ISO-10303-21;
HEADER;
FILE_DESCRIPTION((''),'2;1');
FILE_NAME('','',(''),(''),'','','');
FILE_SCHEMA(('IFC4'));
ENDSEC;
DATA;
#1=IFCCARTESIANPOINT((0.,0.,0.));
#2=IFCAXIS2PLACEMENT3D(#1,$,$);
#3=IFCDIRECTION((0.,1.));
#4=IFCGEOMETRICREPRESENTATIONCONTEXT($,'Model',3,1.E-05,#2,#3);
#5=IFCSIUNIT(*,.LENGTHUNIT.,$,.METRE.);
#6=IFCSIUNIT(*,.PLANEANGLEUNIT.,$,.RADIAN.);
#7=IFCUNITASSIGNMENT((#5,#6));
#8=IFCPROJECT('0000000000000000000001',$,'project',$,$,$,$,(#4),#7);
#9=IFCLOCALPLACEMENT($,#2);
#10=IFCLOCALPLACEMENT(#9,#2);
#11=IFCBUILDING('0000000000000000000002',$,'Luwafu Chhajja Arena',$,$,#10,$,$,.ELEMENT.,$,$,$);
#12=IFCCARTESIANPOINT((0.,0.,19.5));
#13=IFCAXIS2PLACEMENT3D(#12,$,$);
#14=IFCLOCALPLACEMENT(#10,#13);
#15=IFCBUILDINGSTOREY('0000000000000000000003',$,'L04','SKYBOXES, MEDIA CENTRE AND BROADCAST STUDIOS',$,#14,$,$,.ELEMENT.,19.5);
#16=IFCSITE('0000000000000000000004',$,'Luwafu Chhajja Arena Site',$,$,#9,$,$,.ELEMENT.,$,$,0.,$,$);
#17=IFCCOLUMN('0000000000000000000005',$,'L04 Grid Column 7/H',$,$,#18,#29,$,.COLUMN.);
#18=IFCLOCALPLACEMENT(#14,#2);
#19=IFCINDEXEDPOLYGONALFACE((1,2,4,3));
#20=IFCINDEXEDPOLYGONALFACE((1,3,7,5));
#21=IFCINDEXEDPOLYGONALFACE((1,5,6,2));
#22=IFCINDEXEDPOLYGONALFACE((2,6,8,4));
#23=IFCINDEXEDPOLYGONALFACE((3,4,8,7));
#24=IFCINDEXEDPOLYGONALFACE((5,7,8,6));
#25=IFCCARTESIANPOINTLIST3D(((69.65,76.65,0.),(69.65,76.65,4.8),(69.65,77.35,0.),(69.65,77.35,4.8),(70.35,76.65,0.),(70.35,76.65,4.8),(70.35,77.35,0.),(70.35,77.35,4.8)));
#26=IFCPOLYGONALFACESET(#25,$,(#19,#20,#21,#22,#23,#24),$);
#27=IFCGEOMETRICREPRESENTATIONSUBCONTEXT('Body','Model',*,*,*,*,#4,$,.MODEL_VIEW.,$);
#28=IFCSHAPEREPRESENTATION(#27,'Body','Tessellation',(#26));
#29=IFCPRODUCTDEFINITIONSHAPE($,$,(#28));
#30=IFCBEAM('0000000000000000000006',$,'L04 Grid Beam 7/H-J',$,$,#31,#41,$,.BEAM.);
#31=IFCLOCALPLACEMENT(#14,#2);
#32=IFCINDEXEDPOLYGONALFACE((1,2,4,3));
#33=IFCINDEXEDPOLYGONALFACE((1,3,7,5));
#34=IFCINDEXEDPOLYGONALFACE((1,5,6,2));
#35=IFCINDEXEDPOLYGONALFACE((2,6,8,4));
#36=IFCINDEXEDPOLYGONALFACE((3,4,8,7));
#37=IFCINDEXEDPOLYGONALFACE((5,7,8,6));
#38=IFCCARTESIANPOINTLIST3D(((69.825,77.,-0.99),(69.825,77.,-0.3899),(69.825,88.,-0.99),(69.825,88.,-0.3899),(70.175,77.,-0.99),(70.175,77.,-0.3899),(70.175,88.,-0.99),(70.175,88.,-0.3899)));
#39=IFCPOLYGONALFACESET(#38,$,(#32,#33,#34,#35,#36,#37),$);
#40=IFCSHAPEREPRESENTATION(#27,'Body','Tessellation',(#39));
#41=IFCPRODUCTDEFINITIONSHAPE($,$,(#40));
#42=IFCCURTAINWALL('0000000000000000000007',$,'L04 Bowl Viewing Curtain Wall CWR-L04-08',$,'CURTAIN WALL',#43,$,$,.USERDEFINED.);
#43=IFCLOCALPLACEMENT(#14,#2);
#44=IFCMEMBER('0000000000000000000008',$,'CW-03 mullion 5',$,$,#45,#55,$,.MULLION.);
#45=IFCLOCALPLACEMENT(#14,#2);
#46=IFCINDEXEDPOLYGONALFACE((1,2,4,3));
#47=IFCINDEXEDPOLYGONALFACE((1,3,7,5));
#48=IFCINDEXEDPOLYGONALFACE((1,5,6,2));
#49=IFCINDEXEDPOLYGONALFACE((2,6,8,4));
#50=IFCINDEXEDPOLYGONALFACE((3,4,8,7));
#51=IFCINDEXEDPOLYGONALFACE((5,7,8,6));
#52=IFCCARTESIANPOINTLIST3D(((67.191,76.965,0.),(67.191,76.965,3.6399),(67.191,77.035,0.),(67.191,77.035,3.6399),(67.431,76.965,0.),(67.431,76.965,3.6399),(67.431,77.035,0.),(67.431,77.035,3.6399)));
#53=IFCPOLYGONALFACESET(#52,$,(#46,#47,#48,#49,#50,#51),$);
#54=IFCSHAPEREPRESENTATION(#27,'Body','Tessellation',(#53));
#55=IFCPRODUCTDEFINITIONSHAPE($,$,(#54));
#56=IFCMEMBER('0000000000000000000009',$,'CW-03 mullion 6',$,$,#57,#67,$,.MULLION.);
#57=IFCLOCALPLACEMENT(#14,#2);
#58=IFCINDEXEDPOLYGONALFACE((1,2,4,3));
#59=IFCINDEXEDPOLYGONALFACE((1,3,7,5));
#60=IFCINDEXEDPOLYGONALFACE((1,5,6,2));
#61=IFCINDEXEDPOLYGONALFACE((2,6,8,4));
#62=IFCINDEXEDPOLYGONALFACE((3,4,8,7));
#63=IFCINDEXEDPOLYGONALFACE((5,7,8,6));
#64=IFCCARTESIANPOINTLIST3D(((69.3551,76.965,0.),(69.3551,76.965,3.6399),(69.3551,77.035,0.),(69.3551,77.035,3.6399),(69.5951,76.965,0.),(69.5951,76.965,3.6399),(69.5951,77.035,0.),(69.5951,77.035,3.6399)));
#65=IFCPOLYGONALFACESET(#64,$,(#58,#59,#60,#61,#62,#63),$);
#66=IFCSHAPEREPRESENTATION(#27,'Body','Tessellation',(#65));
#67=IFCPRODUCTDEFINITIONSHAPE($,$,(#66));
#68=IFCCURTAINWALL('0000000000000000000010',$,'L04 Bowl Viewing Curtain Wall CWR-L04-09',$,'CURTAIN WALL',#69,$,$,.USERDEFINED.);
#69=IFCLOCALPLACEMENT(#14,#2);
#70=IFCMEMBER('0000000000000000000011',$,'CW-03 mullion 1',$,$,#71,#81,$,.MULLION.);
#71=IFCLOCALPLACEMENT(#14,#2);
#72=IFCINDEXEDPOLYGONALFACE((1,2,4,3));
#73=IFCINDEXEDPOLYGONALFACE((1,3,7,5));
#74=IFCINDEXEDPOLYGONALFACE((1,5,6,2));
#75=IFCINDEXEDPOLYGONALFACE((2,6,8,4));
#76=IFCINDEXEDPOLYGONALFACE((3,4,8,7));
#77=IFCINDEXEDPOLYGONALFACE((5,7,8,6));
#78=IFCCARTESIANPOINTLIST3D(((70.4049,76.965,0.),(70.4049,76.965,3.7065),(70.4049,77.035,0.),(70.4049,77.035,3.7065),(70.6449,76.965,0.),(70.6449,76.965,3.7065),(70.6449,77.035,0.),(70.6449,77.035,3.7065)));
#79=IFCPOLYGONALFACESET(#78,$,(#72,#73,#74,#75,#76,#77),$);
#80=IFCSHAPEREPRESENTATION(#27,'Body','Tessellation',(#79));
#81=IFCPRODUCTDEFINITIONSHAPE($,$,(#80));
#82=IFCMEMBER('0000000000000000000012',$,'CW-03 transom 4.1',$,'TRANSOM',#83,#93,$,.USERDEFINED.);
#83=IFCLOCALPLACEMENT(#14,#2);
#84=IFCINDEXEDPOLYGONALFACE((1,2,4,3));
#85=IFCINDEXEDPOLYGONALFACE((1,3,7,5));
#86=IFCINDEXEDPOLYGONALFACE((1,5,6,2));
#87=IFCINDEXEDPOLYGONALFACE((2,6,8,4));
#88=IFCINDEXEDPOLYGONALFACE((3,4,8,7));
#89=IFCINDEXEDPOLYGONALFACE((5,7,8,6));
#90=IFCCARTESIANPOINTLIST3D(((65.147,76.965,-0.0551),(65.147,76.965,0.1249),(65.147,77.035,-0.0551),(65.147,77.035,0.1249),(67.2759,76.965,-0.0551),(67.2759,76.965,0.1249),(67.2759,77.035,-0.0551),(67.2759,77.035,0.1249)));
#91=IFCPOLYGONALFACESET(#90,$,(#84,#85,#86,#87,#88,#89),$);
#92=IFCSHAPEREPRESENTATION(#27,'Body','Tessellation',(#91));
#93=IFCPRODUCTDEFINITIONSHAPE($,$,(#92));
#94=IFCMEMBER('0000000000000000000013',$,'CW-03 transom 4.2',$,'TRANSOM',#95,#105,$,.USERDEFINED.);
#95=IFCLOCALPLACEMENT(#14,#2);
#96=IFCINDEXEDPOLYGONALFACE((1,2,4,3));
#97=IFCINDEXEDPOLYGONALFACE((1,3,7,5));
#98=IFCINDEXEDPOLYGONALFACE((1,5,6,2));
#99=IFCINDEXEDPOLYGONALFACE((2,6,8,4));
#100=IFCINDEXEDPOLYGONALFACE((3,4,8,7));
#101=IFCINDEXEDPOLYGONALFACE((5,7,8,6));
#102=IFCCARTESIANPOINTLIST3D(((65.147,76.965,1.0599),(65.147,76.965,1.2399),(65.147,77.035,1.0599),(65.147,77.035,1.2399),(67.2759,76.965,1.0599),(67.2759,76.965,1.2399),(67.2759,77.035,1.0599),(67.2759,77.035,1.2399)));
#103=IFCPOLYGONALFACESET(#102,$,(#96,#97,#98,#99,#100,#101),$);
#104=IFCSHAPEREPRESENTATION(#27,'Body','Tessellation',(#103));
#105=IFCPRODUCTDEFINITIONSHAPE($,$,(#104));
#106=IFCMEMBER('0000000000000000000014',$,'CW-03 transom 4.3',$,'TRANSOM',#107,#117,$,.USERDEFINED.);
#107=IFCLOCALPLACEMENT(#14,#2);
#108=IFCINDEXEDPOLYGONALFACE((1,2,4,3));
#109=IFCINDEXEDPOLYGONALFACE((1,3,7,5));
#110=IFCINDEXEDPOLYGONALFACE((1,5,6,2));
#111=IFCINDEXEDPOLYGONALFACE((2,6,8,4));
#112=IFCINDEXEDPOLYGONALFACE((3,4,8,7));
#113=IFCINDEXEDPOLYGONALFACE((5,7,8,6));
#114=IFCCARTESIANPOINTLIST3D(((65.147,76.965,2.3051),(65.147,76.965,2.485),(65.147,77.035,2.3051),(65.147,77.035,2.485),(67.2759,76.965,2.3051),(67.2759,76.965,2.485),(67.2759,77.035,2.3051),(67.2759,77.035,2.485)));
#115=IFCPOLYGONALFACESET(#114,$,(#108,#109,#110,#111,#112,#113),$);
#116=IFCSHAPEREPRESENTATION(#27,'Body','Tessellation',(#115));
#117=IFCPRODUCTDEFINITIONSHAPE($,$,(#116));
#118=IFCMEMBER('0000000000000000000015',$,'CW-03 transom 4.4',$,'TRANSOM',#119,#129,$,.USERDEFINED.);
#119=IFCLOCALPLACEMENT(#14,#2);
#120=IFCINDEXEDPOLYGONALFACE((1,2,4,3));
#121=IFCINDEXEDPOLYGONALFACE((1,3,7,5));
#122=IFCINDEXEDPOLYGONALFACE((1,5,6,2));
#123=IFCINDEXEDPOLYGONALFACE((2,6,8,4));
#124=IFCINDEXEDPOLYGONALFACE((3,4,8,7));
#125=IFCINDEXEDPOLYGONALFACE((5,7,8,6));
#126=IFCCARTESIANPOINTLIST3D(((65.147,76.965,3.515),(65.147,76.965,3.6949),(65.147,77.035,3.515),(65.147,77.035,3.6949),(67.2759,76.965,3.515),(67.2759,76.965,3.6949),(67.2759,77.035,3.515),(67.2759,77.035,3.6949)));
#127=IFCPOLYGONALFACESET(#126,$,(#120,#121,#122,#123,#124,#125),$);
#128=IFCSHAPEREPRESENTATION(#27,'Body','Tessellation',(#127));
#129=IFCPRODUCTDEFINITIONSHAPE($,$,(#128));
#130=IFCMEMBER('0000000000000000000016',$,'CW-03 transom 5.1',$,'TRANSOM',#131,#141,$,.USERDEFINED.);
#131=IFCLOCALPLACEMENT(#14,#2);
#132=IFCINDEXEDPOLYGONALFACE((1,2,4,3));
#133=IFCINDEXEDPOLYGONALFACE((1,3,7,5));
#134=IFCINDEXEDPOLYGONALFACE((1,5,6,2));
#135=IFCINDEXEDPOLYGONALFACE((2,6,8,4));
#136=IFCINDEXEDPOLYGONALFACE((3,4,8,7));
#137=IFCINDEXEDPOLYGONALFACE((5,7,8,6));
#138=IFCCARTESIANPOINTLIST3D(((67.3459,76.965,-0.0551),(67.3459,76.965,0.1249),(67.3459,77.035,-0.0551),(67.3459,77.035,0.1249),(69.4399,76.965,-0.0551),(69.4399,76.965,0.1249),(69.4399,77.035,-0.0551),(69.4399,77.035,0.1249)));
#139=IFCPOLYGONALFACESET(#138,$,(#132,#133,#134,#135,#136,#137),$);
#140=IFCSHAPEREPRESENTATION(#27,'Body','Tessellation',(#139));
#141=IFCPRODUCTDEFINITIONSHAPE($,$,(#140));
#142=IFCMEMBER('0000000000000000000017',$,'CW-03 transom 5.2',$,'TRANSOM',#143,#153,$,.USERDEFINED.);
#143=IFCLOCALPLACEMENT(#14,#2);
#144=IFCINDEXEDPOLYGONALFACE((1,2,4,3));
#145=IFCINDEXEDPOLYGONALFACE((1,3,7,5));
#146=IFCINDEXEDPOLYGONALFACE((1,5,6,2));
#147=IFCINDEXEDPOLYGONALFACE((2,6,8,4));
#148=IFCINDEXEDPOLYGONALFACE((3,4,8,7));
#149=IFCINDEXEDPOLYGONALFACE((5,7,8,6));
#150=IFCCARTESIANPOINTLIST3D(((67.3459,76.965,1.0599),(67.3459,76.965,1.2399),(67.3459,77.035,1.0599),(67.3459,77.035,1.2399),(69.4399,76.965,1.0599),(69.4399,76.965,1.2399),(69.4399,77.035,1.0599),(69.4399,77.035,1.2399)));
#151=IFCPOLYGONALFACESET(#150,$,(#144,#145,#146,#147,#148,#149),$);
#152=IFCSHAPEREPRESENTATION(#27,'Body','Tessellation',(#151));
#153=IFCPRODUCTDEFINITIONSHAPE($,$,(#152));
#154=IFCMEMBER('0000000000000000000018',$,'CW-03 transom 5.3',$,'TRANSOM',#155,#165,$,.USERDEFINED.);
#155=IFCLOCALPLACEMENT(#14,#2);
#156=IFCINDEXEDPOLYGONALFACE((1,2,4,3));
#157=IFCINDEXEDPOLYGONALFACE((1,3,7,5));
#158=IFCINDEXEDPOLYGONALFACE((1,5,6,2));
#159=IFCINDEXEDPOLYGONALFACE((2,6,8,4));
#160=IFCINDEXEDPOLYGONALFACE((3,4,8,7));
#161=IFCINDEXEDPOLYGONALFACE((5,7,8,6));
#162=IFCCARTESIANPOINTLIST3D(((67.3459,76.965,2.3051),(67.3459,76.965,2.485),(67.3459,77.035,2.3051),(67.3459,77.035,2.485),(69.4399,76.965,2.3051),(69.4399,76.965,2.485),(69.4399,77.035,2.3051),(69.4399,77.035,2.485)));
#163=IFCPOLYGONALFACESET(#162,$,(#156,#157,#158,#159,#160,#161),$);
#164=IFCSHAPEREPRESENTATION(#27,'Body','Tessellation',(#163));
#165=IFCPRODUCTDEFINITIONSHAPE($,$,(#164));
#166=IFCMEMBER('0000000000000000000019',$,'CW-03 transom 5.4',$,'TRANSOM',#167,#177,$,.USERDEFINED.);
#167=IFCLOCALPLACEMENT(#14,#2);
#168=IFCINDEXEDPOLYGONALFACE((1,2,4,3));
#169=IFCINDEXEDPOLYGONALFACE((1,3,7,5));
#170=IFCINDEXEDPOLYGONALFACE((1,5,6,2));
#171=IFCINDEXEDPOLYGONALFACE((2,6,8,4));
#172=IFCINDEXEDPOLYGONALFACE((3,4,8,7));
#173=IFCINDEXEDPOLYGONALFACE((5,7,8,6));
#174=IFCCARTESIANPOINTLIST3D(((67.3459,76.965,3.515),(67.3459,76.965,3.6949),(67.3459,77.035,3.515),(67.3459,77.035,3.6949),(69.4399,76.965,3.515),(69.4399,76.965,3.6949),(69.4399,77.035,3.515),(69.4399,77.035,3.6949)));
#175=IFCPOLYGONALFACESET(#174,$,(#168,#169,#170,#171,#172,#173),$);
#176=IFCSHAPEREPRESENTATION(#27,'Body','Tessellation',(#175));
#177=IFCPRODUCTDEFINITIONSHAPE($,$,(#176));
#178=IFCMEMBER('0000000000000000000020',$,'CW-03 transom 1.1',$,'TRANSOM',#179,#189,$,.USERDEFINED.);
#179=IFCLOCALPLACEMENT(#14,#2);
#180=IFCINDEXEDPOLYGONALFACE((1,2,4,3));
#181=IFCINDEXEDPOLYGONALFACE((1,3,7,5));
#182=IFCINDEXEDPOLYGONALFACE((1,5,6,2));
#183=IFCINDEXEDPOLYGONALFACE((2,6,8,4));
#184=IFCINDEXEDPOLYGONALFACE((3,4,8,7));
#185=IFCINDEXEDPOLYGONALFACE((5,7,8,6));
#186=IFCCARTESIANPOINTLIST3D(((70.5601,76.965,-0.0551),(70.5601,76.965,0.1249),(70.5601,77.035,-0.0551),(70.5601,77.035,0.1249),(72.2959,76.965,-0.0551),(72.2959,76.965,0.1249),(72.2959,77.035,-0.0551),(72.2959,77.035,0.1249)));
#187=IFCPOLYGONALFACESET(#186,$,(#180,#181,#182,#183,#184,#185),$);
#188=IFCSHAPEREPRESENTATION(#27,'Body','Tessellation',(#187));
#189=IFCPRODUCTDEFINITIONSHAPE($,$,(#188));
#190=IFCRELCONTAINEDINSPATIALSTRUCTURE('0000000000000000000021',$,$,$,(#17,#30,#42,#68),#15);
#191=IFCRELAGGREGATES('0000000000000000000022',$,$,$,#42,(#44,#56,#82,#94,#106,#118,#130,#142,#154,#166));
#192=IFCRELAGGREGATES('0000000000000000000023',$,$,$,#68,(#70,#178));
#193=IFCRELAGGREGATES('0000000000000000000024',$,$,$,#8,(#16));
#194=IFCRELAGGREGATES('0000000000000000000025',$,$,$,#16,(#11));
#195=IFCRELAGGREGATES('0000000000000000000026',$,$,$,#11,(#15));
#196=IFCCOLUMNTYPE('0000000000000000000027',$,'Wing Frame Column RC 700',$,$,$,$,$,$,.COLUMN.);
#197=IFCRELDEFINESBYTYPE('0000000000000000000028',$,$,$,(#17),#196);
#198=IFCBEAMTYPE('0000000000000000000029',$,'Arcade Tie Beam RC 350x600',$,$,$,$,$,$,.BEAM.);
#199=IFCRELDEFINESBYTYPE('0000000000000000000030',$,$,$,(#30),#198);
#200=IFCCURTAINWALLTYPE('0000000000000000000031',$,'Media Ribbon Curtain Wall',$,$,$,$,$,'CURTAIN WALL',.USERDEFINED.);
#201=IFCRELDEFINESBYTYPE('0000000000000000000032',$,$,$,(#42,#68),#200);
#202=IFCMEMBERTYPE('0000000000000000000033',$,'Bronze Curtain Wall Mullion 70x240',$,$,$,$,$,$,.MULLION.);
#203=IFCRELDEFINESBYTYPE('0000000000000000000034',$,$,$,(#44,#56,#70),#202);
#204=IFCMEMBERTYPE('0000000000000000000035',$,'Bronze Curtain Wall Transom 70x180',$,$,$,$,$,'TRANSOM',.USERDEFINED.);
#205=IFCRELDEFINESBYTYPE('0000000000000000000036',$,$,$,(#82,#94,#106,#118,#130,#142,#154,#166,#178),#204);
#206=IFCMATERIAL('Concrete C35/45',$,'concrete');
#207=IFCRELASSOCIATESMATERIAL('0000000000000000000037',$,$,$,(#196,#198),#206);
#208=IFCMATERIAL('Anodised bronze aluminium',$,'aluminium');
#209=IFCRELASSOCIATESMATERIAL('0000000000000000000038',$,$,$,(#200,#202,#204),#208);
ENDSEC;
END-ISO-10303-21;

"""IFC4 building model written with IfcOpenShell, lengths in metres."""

from ifc_helpers import new_model, si_unit, direction, frame, origin, origin_2d, place, context, subcontext, project, spatial, rectangle, extrude, material, material_profile, profile_set, type_object, element, aggregate, save


model = new_model("IFC4")

# Units and contexts
model_context = context("Model", 3, precision=1e-05, world=origin(), true_north=direction((0.0, 1.0)))
body_context = subcontext(model_context, "Body", "Model", "MODEL_VIEW")
ifc_project = project(units=[si_unit("LENGTHUNIT", "METRE"), si_unit("PLANEANGLEUNIT", "RADIAN")], contexts=[model_context])

# Site, building, storey
site_placement = place(None, origin())
site = spatial("IfcSite", under=ifc_project, at=site_placement, Name="Luwafu Chhajja Arena Site", CompositionType="ELEMENT", RefElevation=0.0)
building_placement = place(site_placement, origin())
building = spatial("IfcBuilding", under=site, at=building_placement, Name="Luwafu Chhajja Arena", CompositionType="ELEMENT")
storey_placement = place(building_placement, frame((0.0, 0.0, 19.5)))
storey = spatial("IfcBuildingStorey", under=building, at=storey_placement, Name="L04", Description="SKYBOXES, MEDIA CENTRE AND BROADCAST STUDIOS", CompositionType="ELEMENT", Elevation=19.5)

# Column
ifc_material_1 = material(Name="Concrete C35/45", Category="concrete")
ifc_material_profile_1 = material_profile(ifc_material_1, rectangle(XDim=0.7, YDim=0.7, at=origin_2d()), Name="RC 700x700")
ifc_profile_set_1 = profile_set([ifc_material_profile_1], Name="Concrete C35/45")
column_type = type_object("IfcColumnType", Name="Wing Frame Column RC 700", PredefinedType="COLUMN", material=ifc_profile_set_1)
column_placement = place(storey_placement, frame((70.0, 77.0, 0.0), z_axis=(0.0, 0.0, 1.0), x_axis=(1.0, 0.0, 0.0)))
element("IfcColumn", 1, at=column_placement, inside=storey, type_object=column_type, Name="L04 Grid Column 7/H", PredefinedType="COLUMN", context=body_context, shape_type="SweptSolid", body=[
    extrude(rectangle(XDim=0.7, YDim=0.7, at=origin_2d()), origin(), (0.0, 0.0, 1.0), 4.8),
])

# Beam
ifc_material_profile_2 = material_profile(ifc_material_1, rectangle(XDim=0.3501, YDim=0.6001, at=origin_2d()), Name="RC 350x600")
ifc_profile_set_2 = profile_set([ifc_material_profile_2], Name="Concrete C35/45")
beam_type_1 = type_object("IfcBeamType", Name="Arcade Tie Beam RC 350x600", PredefinedType="BEAM", material=ifc_profile_set_2)
beam_1_placement = place(storey_placement, frame((70.0, 77.0, -0.6899), z_axis=(0.0, 1.0, 0.0), x_axis=(-1.0, 0.0, 0.0)))
element("IfcBeam", 2, at=beam_1_placement, inside=storey, type_object=beam_type_1, Name="L04 Grid Beam 7/H-J", PredefinedType="BEAM", context=body_context, shape_type="SweptSolid", body=[
    extrude(rectangle(XDim=0.3501, YDim=0.6001, at=origin_2d()), origin(), (0.0, 0.0, 1.0), 11.0),
])

# Curtain wall, members
ifc_material_2 = material(Name="Anodised bronze aluminium", Category="aluminium")
curtain_wall_type = type_object("IfcCurtainWallType", Name="Media Ribbon Curtain Wall", ElementType="CURTAIN WALL", PredefinedType="USERDEFINED", material=ifc_material_2)
curtain_wall_1_placement = place(storey_placement, origin())
curtain_wall_1 = element("IfcCurtainWall", 3, at=curtain_wall_1_placement, inside=storey, type_object=curtain_wall_type, Name="L04 Bowl Viewing Curtain Wall CWR-L04-08", ObjectType="CURTAIN WALL", PredefinedType="USERDEFINED")
ifc_material_profile_3 = material_profile(ifc_material_2, rectangle(XDim=0.0701, YDim=0.24, at=origin_2d()), Name="CWM 70x240")
ifc_profile_set_3 = profile_set([ifc_material_profile_3], Name="Anodised bronze aluminium")
member_type_1 = type_object("IfcMemberType", Name="Bronze Curtain Wall Mullion 70x240", PredefinedType="MULLION", material=ifc_profile_set_3)
member_1_placement = place(storey_placement, frame((67.311, 77.0, 0.0), z_axis=(0.0, 0.0, 1.0), x_axis=(0.0, 1.0, 0.0)))
member_1 = element("IfcMember", 4, at=member_1_placement, type_object=member_type_1, Name="CW-03 mullion 5", PredefinedType="MULLION", context=body_context, shape_type="SweptSolid", body=[
    extrude(rectangle(XDim=0.0701, YDim=0.24, at=origin_2d()), origin(), (0.0, 0.0, 1.0), 3.6399),
])
member_2_placement = place(storey_placement, frame((69.4751, 77.0, 0.0), z_axis=(0.0, 0.0, 1.0), x_axis=(0.0, 1.0, 0.0)))
member_2 = element("IfcMember", 5, at=member_2_placement, type_object=member_type_1, Name="CW-03 mullion 6", PredefinedType="MULLION", context=body_context, shape_type="SweptSolid", body=[
    extrude(rectangle(XDim=0.0701, YDim=0.24, at=origin_2d()), origin(), (0.0, 0.0, 1.0), 3.6399),
])

# Curtain wall, member
curtain_wall_2_placement = place(storey_placement, origin())
curtain_wall_2 = element("IfcCurtainWall", 6, at=curtain_wall_2_placement, inside=storey, type_object=curtain_wall_type, Name="L04 Bowl Viewing Curtain Wall CWR-L04-09", ObjectType="CURTAIN WALL", PredefinedType="USERDEFINED")
member_3_placement = place(storey_placement, frame((70.5249, 77.0, 0.0), z_axis=(0.0, 0.0, 1.0), x_axis=(0.0, 1.0, 0.0)))
member_3 = element("IfcMember", 7, at=member_3_placement, type_object=member_type_1, Name="CW-03 mullion 1", PredefinedType="MULLION", context=body_context, shape_type="SweptSolid", body=[
    extrude(rectangle(XDim=0.0701, YDim=0.24, at=origin_2d()), origin(), (0.0, 0.0, 1.0), 3.7065),
])

# Members
ifc_material_profile_4 = material_profile(ifc_material_2, rectangle(XDim=0.0701, YDim=0.1799, at=origin_2d()), Name="CWT 70x180")
ifc_profile_set_4 = profile_set([ifc_material_profile_4], Name="Anodised bronze aluminium")
member_type_2 = type_object("IfcMemberType", Name="Bronze Curtain Wall Transom 70x180", ElementType="TRANSOM", PredefinedType="USERDEFINED", material=ifc_profile_set_4)
member_4_placement = place(storey_placement, frame((65.147, 77.0, 0.0349), z_axis=(1.0, 0.0, 0.0), x_axis=(0.0, 1.0, 0.0)))
member_4 = element("IfcMember", 8, at=member_4_placement, type_object=member_type_2, Name="CW-03 transom 4.1", ObjectType="TRANSOM", PredefinedType="USERDEFINED", context=body_context, shape_type="SweptSolid", body=[
    extrude(rectangle(XDim=0.0701, YDim=0.1799, at=origin_2d()), origin(), (0.0, 0.0, 1.0), 2.1289),
])
member_5_placement = place(storey_placement, frame((65.147, 77.0, 1.1499), z_axis=(1.0, 0.0, 0.0), x_axis=(0.0, 1.0, 0.0)))
member_5 = element("IfcMember", 9, at=member_5_placement, type_object=member_type_2, Name="CW-03 transom 4.2", ObjectType="TRANSOM", PredefinedType="USERDEFINED", context=body_context, shape_type="SweptSolid", body=[
    extrude(rectangle(XDim=0.0701, YDim=0.1799, at=origin_2d()), origin(), (0.0, 0.0, 1.0), 2.1289),
])
member_6_placement = place(storey_placement, frame((65.147, 77.0, 2.395), z_axis=(1.0, 0.0, 0.0), x_axis=(0.0, 1.0, 0.0)))
member_6 = element("IfcMember", 10, at=member_6_placement, type_object=member_type_2, Name="CW-03 transom 4.3", ObjectType="TRANSOM", PredefinedType="USERDEFINED", context=body_context, shape_type="SweptSolid", body=[
    extrude(rectangle(XDim=0.0701, YDim=0.1799, at=origin_2d()), origin(), (0.0, 0.0, 1.0), 2.1289),
])
member_7_placement = place(storey_placement, frame((65.147, 77.0, 3.605), z_axis=(1.0, 0.0, 0.0), x_axis=(0.0, 1.0, 0.0)))
member_7 = element("IfcMember", 11, at=member_7_placement, type_object=member_type_2, Name="CW-03 transom 4.4", ObjectType="TRANSOM", PredefinedType="USERDEFINED", context=body_context, shape_type="SweptSolid", body=[
    extrude(rectangle(XDim=0.0701, YDim=0.1799, at=origin_2d()), origin(), (0.0, 0.0, 1.0), 2.1289),
])
member_8_placement = place(storey_placement, frame((67.3459, 77.0, 0.0349), z_axis=(1.0, 0.0, 0.0), x_axis=(0.0, 1.0, 0.0)))
member_8 = element("IfcMember", 12, at=member_8_placement, type_object=member_type_2, Name="CW-03 transom 5.1", ObjectType="TRANSOM", PredefinedType="USERDEFINED", context=body_context, shape_type="SweptSolid", body=[
    extrude(rectangle(XDim=0.0701, YDim=0.1799, at=origin_2d()), origin(), (0.0, 0.0, 1.0), 2.094),
])
member_9_placement = place(storey_placement, frame((67.3459, 77.0, 1.1499), z_axis=(1.0, 0.0, 0.0), x_axis=(0.0, 1.0, 0.0)))
member_9 = element("IfcMember", 13, at=member_9_placement, type_object=member_type_2, Name="CW-03 transom 5.2", ObjectType="TRANSOM", PredefinedType="USERDEFINED", context=body_context, shape_type="SweptSolid", body=[
    extrude(rectangle(XDim=0.0701, YDim=0.1799, at=origin_2d()), origin(), (0.0, 0.0, 1.0), 2.094),
])
member_10_placement = place(storey_placement, frame((67.3459, 77.0, 2.395), z_axis=(1.0, 0.0, 0.0), x_axis=(0.0, 1.0, 0.0)))
member_10 = element("IfcMember", 14, at=member_10_placement, type_object=member_type_2, Name="CW-03 transom 5.3", ObjectType="TRANSOM", PredefinedType="USERDEFINED", context=body_context, shape_type="SweptSolid", body=[
    extrude(rectangle(XDim=0.0701, YDim=0.1799, at=origin_2d()), origin(), (0.0, 0.0, 1.0), 2.094),
])
member_11_placement = place(storey_placement, frame((67.3459, 77.0, 3.605), z_axis=(1.0, 0.0, 0.0), x_axis=(0.0, 1.0, 0.0)))
member_11 = element("IfcMember", 15, at=member_11_placement, type_object=member_type_2, Name="CW-03 transom 5.4", ObjectType="TRANSOM", PredefinedType="USERDEFINED", context=body_context, shape_type="SweptSolid", body=[
    extrude(rectangle(XDim=0.0701, YDim=0.1799, at=origin_2d()), origin(), (0.0, 0.0, 1.0), 2.094),
])
member_12_placement = place(storey_placement, frame((70.5601, 77.0, 0.0349), z_axis=(1.0, 0.0, 0.0), x_axis=(0.0, 1.0, 0.0)))
member_12 = element("IfcMember", 16, at=member_12_placement, type_object=member_type_2, Name="CW-03 transom 1.1", ObjectType="TRANSOM", PredefinedType="USERDEFINED", context=body_context, shape_type="SweptSolid", body=[
    extrude(rectangle(XDim=0.0701, YDim=0.1799, at=origin_2d()), origin(), (0.0, 0.0, 1.0), 1.7358),
])

aggregate(curtain_wall_1, [member_1, member_2, member_4, member_5, member_6, member_7, member_8, member_9, member_10, member_11])
aggregate(curtain_wall_2, [member_3, member_12])

save(model, "model.ifc")
